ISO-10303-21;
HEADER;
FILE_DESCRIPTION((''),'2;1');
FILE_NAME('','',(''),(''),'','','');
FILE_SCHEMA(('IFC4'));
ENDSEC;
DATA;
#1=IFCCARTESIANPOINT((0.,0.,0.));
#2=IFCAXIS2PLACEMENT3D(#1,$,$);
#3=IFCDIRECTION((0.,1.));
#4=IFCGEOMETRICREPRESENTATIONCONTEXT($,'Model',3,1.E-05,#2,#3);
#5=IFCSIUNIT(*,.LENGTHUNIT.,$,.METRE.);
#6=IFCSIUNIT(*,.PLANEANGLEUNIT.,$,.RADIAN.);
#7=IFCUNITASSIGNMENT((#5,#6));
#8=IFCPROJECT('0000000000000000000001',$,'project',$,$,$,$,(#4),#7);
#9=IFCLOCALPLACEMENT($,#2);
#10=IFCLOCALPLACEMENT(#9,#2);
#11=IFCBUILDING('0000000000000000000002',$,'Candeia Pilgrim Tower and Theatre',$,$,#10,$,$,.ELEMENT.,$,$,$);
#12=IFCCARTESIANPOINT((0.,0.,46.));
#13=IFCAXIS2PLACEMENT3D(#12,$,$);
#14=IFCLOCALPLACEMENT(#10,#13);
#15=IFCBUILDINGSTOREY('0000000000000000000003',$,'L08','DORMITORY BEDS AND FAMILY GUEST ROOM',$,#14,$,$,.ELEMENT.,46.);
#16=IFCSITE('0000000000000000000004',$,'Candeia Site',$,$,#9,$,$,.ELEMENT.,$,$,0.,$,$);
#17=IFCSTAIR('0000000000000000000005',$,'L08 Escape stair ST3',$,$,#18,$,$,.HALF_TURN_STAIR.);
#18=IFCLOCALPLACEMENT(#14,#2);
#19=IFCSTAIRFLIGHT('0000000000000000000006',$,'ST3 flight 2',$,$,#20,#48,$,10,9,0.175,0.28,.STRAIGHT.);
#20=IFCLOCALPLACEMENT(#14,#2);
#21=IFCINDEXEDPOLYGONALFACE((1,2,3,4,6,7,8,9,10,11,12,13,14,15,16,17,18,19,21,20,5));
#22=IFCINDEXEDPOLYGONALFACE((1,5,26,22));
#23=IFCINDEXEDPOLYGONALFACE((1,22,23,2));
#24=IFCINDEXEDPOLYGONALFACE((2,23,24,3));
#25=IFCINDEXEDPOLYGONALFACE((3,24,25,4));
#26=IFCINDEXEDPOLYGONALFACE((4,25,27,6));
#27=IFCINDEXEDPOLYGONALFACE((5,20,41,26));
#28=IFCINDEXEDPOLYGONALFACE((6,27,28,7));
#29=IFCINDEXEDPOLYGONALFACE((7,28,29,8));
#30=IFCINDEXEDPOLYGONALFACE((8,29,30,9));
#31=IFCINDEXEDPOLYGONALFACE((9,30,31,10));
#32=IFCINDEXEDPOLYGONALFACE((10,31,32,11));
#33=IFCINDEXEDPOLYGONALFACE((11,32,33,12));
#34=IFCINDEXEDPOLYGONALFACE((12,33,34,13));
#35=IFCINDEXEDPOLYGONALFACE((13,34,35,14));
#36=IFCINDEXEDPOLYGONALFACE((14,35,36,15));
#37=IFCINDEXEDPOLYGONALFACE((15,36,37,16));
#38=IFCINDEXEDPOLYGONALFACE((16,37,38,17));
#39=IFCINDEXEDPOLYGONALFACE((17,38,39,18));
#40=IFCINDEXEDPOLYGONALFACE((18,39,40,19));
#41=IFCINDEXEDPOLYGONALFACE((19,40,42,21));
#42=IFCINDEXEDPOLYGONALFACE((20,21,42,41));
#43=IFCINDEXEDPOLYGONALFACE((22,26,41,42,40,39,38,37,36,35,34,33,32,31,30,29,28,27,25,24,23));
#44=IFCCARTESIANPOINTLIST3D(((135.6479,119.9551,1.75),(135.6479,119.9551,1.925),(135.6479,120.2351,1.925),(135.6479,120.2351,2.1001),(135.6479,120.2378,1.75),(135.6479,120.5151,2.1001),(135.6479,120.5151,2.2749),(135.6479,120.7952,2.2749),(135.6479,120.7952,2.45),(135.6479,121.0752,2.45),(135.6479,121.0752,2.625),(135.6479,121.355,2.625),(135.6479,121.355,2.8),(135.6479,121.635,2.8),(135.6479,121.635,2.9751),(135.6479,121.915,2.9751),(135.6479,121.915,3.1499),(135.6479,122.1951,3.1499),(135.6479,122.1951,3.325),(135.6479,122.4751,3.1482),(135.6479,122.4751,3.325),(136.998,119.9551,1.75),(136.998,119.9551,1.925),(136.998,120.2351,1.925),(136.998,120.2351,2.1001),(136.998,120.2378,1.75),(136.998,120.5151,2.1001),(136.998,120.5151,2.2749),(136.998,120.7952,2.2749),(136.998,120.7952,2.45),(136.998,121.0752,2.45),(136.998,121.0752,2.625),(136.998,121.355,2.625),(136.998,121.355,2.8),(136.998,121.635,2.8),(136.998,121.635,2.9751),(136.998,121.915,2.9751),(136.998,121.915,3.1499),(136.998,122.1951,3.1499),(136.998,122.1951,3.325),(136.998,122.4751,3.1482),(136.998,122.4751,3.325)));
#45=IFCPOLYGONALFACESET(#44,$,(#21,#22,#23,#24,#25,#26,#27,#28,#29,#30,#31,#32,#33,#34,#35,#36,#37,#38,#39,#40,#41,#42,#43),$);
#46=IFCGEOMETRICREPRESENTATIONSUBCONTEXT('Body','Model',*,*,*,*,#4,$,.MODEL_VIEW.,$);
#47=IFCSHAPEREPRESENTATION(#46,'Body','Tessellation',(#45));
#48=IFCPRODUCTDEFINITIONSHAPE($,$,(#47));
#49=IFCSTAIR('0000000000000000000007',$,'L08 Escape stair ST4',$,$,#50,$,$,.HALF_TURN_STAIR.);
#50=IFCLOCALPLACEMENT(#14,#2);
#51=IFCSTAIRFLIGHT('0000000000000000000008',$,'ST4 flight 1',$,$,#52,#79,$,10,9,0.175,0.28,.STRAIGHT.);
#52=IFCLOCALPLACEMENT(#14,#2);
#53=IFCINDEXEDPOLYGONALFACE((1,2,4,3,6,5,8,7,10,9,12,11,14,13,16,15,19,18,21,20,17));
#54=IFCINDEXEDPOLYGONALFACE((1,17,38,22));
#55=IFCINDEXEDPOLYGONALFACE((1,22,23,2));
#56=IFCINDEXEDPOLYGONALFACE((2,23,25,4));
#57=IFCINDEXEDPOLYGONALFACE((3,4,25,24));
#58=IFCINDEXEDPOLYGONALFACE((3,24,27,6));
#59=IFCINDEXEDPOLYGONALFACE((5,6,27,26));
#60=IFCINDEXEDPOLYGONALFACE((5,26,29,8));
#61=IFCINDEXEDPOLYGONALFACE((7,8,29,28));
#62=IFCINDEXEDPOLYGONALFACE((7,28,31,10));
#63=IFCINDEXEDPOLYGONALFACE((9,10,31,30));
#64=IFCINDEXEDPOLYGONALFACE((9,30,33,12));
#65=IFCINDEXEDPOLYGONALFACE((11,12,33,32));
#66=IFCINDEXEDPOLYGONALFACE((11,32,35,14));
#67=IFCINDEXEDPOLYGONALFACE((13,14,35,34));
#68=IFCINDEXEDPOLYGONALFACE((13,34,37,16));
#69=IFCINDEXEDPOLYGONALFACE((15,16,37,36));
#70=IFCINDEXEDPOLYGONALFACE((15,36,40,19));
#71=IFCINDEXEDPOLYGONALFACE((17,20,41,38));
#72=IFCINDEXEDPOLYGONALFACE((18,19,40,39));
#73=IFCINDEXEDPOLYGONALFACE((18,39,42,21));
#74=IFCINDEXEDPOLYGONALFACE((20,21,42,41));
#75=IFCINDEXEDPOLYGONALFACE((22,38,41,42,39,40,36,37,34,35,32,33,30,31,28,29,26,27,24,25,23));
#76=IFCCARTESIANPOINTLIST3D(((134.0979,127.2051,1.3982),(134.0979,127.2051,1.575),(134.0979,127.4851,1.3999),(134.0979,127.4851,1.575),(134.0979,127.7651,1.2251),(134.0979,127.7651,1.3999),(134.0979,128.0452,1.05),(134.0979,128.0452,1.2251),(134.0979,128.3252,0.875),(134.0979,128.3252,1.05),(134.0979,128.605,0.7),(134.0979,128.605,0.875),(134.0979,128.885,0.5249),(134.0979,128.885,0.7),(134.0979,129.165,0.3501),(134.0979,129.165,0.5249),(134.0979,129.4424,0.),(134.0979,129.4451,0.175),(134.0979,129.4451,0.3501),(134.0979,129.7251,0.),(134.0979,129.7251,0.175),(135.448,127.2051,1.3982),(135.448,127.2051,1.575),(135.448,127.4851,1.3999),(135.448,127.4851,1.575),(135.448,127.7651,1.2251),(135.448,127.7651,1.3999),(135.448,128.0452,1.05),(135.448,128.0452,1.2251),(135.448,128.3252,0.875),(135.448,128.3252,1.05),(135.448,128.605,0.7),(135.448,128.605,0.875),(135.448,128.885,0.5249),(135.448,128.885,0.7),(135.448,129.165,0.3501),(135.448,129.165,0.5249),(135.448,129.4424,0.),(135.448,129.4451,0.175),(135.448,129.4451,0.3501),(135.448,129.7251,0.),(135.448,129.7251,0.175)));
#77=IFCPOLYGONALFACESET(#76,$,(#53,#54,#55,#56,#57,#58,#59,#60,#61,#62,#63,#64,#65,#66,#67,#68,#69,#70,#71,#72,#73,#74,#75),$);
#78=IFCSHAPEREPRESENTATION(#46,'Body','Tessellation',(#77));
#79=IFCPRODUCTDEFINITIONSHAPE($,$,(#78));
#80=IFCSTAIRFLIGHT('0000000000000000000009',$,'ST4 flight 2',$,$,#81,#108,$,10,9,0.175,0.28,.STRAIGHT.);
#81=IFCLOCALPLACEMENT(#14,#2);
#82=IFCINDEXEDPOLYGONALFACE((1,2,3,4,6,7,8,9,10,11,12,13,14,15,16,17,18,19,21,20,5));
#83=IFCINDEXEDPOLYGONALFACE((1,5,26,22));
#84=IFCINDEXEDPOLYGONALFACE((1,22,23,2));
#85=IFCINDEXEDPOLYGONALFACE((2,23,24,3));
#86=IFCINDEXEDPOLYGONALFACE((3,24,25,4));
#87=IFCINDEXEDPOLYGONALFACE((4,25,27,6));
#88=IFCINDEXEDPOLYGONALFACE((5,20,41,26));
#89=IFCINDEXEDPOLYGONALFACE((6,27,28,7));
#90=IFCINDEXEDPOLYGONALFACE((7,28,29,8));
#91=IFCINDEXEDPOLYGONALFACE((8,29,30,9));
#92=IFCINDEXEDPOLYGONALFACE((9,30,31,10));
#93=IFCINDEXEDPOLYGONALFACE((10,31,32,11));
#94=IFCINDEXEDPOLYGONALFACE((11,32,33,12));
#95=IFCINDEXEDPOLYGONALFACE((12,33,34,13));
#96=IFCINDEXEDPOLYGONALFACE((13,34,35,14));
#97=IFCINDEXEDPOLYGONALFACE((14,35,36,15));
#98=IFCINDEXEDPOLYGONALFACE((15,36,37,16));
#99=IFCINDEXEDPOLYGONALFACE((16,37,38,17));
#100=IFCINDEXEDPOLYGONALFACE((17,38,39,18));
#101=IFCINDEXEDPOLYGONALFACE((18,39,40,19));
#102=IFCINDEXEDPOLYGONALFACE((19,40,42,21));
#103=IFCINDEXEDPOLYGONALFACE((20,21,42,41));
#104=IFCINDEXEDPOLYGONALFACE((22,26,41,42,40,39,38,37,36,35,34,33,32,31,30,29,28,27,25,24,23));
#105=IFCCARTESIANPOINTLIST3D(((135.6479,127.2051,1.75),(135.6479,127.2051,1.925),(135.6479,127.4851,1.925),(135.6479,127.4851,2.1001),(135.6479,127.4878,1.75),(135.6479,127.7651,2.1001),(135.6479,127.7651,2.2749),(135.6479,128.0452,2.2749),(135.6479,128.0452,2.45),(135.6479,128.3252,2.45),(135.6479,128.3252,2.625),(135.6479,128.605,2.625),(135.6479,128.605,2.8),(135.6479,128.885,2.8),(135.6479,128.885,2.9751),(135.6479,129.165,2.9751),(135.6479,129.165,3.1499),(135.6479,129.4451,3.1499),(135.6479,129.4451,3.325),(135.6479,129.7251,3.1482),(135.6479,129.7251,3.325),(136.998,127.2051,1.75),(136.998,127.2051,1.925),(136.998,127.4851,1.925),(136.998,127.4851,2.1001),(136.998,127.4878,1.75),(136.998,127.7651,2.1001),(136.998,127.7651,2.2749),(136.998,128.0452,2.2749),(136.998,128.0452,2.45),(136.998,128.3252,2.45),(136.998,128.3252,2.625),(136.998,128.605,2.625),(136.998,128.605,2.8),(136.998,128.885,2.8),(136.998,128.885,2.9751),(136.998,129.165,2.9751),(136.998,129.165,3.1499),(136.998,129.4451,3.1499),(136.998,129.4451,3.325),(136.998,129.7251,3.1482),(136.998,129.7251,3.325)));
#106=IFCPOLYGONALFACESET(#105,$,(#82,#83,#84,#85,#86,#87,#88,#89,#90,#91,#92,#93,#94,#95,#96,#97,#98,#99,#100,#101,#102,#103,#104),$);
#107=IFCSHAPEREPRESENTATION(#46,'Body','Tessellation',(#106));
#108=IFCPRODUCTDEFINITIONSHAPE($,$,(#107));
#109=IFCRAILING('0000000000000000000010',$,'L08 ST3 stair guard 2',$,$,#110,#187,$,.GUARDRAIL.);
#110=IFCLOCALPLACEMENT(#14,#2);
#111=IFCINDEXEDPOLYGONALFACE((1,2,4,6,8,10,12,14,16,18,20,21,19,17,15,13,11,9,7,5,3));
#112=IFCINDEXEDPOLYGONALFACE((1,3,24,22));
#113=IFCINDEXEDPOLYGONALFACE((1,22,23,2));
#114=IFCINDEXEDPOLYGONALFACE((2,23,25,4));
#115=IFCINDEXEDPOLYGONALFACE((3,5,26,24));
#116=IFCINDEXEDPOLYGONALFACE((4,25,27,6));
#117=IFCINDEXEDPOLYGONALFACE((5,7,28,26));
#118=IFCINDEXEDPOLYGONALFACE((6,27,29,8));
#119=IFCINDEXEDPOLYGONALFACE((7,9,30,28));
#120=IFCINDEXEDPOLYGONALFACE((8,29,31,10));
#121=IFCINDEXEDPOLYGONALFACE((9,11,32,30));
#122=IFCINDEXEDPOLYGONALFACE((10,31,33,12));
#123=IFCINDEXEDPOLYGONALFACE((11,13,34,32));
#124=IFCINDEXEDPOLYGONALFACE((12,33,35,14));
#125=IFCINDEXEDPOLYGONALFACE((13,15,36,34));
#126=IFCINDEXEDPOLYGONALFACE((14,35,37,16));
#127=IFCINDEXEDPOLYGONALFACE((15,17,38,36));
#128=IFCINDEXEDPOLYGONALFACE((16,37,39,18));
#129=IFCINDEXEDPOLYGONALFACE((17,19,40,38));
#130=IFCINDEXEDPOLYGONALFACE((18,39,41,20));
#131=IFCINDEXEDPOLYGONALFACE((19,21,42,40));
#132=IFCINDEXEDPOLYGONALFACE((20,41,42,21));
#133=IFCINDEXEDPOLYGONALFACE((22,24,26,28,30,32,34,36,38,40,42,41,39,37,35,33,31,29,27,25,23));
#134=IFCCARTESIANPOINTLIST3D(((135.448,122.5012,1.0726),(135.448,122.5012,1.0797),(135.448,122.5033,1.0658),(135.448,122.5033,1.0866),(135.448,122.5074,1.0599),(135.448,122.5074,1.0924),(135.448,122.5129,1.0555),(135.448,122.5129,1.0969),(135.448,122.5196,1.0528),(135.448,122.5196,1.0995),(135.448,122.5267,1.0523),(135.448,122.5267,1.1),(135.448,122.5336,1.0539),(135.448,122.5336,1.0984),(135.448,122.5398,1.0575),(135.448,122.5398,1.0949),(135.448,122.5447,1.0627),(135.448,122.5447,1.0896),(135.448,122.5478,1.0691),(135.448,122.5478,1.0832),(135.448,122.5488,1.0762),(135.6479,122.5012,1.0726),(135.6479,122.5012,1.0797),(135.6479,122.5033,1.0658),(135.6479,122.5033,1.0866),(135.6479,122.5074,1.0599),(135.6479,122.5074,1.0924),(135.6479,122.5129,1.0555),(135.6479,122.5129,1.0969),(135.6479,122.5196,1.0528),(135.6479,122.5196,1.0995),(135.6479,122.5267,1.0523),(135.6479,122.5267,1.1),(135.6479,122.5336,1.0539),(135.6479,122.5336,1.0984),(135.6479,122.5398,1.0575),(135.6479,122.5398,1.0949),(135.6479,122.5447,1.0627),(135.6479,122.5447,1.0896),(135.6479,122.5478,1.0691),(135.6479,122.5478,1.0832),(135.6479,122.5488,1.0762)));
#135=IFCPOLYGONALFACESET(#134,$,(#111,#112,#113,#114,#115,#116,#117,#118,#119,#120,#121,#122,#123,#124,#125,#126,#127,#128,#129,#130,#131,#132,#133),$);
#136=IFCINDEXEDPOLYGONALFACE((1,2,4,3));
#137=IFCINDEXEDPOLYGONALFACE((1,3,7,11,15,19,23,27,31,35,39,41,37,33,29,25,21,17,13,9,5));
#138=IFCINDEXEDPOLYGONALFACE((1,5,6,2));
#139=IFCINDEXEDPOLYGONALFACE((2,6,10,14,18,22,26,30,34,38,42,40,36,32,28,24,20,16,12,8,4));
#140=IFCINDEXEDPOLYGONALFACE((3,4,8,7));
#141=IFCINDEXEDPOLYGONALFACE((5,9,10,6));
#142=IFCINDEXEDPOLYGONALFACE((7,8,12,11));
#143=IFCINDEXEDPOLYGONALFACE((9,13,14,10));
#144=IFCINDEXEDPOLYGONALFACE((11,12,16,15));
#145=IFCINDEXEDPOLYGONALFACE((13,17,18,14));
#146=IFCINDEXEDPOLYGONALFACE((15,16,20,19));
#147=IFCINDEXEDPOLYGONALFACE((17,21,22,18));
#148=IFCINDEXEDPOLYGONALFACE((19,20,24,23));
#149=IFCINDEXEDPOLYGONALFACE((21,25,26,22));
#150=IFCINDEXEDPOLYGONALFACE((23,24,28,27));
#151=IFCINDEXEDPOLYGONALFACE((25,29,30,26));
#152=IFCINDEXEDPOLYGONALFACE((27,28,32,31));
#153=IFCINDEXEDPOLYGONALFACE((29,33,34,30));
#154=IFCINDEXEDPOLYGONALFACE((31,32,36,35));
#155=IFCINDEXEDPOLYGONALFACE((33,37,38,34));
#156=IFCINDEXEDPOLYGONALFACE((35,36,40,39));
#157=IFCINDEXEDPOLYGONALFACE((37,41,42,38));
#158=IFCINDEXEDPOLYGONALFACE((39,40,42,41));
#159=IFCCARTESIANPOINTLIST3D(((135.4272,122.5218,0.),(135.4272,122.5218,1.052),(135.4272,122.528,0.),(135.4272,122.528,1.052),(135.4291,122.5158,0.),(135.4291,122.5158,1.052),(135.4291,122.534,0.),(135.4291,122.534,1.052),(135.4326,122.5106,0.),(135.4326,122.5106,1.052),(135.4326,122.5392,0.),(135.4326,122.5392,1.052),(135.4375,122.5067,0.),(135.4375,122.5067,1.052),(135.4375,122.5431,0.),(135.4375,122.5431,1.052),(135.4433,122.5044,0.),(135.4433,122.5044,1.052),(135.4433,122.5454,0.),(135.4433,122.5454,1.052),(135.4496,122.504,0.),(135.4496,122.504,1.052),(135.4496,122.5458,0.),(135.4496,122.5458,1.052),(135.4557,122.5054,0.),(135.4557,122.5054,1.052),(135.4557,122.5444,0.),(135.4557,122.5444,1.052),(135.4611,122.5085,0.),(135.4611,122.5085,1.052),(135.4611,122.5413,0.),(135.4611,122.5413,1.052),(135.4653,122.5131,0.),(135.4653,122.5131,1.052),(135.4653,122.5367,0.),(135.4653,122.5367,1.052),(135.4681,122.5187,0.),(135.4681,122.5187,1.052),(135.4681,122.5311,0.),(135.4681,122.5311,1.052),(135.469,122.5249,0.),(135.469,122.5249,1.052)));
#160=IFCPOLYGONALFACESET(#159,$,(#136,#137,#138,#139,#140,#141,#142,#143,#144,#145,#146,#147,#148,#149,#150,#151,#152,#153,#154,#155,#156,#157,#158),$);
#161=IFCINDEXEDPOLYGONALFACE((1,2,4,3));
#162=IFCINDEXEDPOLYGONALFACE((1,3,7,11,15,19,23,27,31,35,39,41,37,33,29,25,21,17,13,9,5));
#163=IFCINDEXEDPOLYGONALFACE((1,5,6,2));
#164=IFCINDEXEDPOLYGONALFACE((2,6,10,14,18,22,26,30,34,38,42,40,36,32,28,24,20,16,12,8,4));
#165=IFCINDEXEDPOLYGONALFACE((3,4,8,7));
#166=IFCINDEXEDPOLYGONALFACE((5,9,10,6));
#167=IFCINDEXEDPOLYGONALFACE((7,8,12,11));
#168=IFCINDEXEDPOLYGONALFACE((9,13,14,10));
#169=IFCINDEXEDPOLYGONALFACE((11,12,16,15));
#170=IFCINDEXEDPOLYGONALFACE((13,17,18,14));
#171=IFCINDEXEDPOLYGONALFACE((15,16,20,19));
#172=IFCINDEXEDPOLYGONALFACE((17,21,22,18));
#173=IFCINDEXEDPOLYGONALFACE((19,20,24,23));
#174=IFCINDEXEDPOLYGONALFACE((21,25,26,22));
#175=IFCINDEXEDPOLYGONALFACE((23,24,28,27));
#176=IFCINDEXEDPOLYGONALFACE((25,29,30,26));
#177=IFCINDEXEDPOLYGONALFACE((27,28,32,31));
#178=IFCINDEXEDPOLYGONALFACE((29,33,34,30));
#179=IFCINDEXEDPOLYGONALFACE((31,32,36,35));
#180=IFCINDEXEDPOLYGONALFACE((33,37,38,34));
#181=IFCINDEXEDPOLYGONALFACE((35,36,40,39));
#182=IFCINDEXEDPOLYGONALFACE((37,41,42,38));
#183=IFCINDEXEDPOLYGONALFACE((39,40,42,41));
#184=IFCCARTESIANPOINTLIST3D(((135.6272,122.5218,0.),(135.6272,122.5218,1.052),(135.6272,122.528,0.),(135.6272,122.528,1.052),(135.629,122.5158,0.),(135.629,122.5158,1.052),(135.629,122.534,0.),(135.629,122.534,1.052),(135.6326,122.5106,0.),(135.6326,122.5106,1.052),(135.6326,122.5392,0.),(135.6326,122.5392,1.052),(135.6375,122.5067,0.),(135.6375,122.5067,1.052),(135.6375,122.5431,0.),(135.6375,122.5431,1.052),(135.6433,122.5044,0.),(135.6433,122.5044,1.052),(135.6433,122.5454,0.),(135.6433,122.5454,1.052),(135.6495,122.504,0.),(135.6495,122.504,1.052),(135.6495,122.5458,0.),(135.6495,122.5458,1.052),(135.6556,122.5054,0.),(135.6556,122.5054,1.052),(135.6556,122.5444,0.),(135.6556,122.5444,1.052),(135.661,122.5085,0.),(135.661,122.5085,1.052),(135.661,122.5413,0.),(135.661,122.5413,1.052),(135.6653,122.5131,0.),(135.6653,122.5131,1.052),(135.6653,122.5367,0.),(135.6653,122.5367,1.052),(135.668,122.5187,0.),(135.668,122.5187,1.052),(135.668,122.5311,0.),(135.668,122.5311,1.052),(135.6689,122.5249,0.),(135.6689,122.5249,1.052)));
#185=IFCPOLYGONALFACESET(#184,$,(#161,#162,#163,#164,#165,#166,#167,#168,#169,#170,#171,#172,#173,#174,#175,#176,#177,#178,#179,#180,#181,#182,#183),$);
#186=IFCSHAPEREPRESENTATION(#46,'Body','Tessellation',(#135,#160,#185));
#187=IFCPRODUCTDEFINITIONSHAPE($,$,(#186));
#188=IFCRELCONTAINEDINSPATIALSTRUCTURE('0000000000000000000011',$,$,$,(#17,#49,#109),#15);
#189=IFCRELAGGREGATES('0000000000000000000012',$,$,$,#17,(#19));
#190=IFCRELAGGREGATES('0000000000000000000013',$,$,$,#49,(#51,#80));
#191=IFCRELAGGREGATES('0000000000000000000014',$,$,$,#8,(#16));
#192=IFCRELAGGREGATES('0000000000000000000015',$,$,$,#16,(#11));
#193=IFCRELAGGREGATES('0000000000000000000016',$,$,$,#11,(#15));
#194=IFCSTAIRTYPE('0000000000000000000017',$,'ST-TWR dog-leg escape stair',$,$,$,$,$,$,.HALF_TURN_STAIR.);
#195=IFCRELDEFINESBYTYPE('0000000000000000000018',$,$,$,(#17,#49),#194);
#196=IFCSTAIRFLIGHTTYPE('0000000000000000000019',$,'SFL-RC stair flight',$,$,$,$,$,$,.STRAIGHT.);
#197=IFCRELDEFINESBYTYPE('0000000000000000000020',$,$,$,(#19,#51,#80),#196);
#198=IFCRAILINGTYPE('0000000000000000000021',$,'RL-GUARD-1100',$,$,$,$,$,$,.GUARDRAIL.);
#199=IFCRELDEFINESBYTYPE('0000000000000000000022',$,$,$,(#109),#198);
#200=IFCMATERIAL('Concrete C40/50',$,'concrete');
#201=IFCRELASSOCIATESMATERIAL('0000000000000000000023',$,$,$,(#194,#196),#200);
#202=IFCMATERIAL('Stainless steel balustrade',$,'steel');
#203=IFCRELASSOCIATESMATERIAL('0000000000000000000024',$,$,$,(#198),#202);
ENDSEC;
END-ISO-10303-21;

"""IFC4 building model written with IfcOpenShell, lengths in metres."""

from ifc_helpers import new_model, si_unit, direction, frame, origin, origin_2d, place, context, subcontext, project, spatial, polyline, circle, outline, extrude, material, type_object, element, aggregate, save


model = new_model("IFC4")

# Units and contexts
model_context = context("Model", 3, precision=1e-05, world=origin(), true_north=direction((0.0, 1.0)))
body_context = subcontext(model_context, "Body", "Model", "MODEL_VIEW")
ifc_project = project(units=[si_unit("LENGTHUNIT", "METRE"), si_unit("PLANEANGLEUNIT", "RADIAN")], contexts=[model_context])

# Site, building, storey
site_placement = place(None, origin())
site = spatial("IfcSite", under=ifc_project, at=site_placement, Name="Candeia Site", CompositionType="ELEMENT", RefElevation=0.0)
building_placement = place(site_placement, origin())
building = spatial("IfcBuilding", under=site, at=building_placement, Name="Candeia Pilgrim Tower and Theatre", CompositionType="ELEMENT")
storey_placement = place(building_placement, frame((0.0, 0.0, 46.0)))
storey = spatial("IfcBuildingStorey", under=building, at=storey_placement, Name="L08", Description="DORMITORY BEDS AND FAMILY GUEST ROOM", CompositionType="ELEMENT", Elevation=46.0)

# Shared definitions
ifc_material_1 = material(Name="Concrete C40/50", Category="concrete")

# Stairs, stair flights
stair_type = type_object("IfcStairType", Name="ST-TWR dog-leg escape stair", PredefinedType="HALF_TURN_STAIR", material=ifc_material_1)
stair_1_placement = place(storey_placement, origin())
stair_1 = element("IfcStair", 1, at=stair_1_placement, inside=storey, type_object=stair_type, Name="L08 Escape stair ST3", PredefinedType="HALF_TURN_STAIR")
stair_flight_type = type_object("IfcStairFlightType", Name="SFL-RC stair flight", PredefinedType="STRAIGHT", material=ifc_material_1)
stair_flight_1_placement = place(storey_placement, frame((136.323, 119.9551, 1.75), z_axis=(0.0, 0.0, 1.0), x_axis=(0.0, 1.0, 0.0)))
stair_flight_1 = element("IfcStairFlight", 2, at=stair_flight_1_placement, type_object=stair_flight_type, Name="ST3 flight 2", NumberOfRisers=10, NumberOfTreads=9, PredefinedType="STRAIGHT", RiserHeight=0.175, TreadLength=0.28, context=body_context, shape_type="SweptSolid", body=[
    extrude(outline(polyline([(0.0, 0.0), (0.0, 0.175), (0.28, 0.175), (0.28, 0.3501), (0.5601, 0.3501), (0.5601, 0.5249), (0.8401, 0.5249), (0.8401, 0.7), (1.1201, 0.7), (1.1201, 0.875), (1.3999, 0.875), (1.3999, 1.05), (1.6799, 1.05), (1.6799, 1.2251), (1.96, 1.2251), (1.96, 1.3999), (2.24, 1.3999), (2.24, 1.575), (2.52, 1.575), (2.52, 1.75), (2.52, 1.3982), (0.2827, 0.0), (0.0, 0.0)])), frame((0.0, 0.675, 0.0), z_axis=(0.0, -1.0, 0.0), x_axis=(1.0, 0.0, 0.0)), (0.0, 0.0, 1.0), 1.3501),
])
aggregate(stair_1, [stair_flight_1])
stair_2_placement = place(storey_placement, origin())
stair_2 = element("IfcStair", 3, at=stair_2_placement, inside=storey, type_object=stair_type, Name="L08 Escape stair ST4", PredefinedType="HALF_TURN_STAIR")
stair_flight_2_placement = place(storey_placement, frame((134.7729, 129.7251, 0.0), z_axis=(0.0, 0.0, 1.0), x_axis=(0.0, -1.0, 0.0)))
stair_flight_2 = element("IfcStairFlight", 4, at=stair_flight_2_placement, type_object=stair_flight_type, Name="ST4 flight 1", NumberOfRisers=10, NumberOfTreads=9, PredefinedType="STRAIGHT", RiserHeight=0.175, TreadLength=0.28, context=body_context, shape_type="SweptSolid", body=[
    extrude(outline(polyline([(0.0, 0.0), (0.0, 0.175), (0.28, 0.175), (0.28, 0.3501), (0.5601, 0.3501), (0.5601, 0.5249), (0.8401, 0.5249), (0.8401, 0.7), (1.1201, 0.7), (1.1201, 0.875), (1.3999, 0.875), (1.3999, 1.05), (1.6799, 1.05), (1.6799, 1.2251), (1.96, 1.2251), (1.96, 1.3999), (2.24, 1.3999), (2.24, 1.575), (2.52, 1.575), (2.52, 1.75), (2.52, 1.3982), (0.2827, 0.0), (0.0, 0.0)])), frame((0.0, 0.675, 0.0), z_axis=(0.0, -1.0, 0.0), x_axis=(1.0, 0.0, 0.0)), (0.0, 0.0, 1.0), 1.3501),
])
stair_flight_3_placement = place(storey_placement, frame((136.323, 127.2051, 1.75), z_axis=(0.0, 0.0, 1.0), x_axis=(0.0, 1.0, 0.0)))
stair_flight_3 = element("IfcStairFlight", 5, at=stair_flight_3_placement, type_object=stair_flight_type, Name="ST4 flight 2", NumberOfRisers=10, NumberOfTreads=9, PredefinedType="STRAIGHT", RiserHeight=0.175, TreadLength=0.28, context=body_context, shape_type="SweptSolid", body=[
    extrude(outline(polyline([(0.0, 0.0), (0.0, 0.175), (0.28, 0.175), (0.28, 0.3501), (0.5601, 0.3501), (0.5601, 0.5249), (0.8401, 0.5249), (0.8401, 0.7), (1.1201, 0.7), (1.1201, 0.875), (1.3999, 0.875), (1.3999, 1.05), (1.6799, 1.05), (1.6799, 1.2251), (1.96, 1.2251), (1.96, 1.3999), (2.24, 1.3999), (2.24, 1.575), (2.52, 1.575), (2.52, 1.75), (2.52, 1.3982), (0.2827, 0.0), (0.0, 0.0)])), frame((0.0, 0.675, 0.0), z_axis=(0.0, -1.0, 0.0), x_axis=(1.0, 0.0, 0.0)), (0.0, 0.0, 1.0), 1.3501),
])
aggregate(stair_2, [stair_flight_2, stair_flight_3])

# Railing
ifc_material_2 = material(Name="Stainless steel balustrade", Category="steel")
railing_type_1 = type_object("IfcRailingType", Name="RL-GUARD-1100", PredefinedType="GUARDRAIL", material=ifc_material_2)
railing_1_placement = place(storey_placement, frame((135.448, 122.5249, 0.0)))
element("IfcRailing", 6, at=railing_1_placement, inside=storey, type_object=railing_type_1, Name="L08 ST3 stair guard 2", PredefinedType="GUARDRAIL", context=body_context, shape_type="SweptSolid", body=[
    extrude(circle(Radius=0.0239, at=origin_2d()), frame((0.0, 0.0, 1.0762), z_axis=(1.0, 0.0, 0.0), x_axis=(0.0, 1.0, 0.0)), (0.0, 0.0, 1.0), 0.2),
    extrude(circle(Radius=0.021, at=origin_2d()), origin(), (0.0, 0.0, 1.0), 1.052),
    extrude(circle(Radius=0.021, at=origin_2d()), frame((0.2, 0.0, 0.0)), (0.0, 0.0, 1.0), 1.052),
])

save(model, "model.ifc")
